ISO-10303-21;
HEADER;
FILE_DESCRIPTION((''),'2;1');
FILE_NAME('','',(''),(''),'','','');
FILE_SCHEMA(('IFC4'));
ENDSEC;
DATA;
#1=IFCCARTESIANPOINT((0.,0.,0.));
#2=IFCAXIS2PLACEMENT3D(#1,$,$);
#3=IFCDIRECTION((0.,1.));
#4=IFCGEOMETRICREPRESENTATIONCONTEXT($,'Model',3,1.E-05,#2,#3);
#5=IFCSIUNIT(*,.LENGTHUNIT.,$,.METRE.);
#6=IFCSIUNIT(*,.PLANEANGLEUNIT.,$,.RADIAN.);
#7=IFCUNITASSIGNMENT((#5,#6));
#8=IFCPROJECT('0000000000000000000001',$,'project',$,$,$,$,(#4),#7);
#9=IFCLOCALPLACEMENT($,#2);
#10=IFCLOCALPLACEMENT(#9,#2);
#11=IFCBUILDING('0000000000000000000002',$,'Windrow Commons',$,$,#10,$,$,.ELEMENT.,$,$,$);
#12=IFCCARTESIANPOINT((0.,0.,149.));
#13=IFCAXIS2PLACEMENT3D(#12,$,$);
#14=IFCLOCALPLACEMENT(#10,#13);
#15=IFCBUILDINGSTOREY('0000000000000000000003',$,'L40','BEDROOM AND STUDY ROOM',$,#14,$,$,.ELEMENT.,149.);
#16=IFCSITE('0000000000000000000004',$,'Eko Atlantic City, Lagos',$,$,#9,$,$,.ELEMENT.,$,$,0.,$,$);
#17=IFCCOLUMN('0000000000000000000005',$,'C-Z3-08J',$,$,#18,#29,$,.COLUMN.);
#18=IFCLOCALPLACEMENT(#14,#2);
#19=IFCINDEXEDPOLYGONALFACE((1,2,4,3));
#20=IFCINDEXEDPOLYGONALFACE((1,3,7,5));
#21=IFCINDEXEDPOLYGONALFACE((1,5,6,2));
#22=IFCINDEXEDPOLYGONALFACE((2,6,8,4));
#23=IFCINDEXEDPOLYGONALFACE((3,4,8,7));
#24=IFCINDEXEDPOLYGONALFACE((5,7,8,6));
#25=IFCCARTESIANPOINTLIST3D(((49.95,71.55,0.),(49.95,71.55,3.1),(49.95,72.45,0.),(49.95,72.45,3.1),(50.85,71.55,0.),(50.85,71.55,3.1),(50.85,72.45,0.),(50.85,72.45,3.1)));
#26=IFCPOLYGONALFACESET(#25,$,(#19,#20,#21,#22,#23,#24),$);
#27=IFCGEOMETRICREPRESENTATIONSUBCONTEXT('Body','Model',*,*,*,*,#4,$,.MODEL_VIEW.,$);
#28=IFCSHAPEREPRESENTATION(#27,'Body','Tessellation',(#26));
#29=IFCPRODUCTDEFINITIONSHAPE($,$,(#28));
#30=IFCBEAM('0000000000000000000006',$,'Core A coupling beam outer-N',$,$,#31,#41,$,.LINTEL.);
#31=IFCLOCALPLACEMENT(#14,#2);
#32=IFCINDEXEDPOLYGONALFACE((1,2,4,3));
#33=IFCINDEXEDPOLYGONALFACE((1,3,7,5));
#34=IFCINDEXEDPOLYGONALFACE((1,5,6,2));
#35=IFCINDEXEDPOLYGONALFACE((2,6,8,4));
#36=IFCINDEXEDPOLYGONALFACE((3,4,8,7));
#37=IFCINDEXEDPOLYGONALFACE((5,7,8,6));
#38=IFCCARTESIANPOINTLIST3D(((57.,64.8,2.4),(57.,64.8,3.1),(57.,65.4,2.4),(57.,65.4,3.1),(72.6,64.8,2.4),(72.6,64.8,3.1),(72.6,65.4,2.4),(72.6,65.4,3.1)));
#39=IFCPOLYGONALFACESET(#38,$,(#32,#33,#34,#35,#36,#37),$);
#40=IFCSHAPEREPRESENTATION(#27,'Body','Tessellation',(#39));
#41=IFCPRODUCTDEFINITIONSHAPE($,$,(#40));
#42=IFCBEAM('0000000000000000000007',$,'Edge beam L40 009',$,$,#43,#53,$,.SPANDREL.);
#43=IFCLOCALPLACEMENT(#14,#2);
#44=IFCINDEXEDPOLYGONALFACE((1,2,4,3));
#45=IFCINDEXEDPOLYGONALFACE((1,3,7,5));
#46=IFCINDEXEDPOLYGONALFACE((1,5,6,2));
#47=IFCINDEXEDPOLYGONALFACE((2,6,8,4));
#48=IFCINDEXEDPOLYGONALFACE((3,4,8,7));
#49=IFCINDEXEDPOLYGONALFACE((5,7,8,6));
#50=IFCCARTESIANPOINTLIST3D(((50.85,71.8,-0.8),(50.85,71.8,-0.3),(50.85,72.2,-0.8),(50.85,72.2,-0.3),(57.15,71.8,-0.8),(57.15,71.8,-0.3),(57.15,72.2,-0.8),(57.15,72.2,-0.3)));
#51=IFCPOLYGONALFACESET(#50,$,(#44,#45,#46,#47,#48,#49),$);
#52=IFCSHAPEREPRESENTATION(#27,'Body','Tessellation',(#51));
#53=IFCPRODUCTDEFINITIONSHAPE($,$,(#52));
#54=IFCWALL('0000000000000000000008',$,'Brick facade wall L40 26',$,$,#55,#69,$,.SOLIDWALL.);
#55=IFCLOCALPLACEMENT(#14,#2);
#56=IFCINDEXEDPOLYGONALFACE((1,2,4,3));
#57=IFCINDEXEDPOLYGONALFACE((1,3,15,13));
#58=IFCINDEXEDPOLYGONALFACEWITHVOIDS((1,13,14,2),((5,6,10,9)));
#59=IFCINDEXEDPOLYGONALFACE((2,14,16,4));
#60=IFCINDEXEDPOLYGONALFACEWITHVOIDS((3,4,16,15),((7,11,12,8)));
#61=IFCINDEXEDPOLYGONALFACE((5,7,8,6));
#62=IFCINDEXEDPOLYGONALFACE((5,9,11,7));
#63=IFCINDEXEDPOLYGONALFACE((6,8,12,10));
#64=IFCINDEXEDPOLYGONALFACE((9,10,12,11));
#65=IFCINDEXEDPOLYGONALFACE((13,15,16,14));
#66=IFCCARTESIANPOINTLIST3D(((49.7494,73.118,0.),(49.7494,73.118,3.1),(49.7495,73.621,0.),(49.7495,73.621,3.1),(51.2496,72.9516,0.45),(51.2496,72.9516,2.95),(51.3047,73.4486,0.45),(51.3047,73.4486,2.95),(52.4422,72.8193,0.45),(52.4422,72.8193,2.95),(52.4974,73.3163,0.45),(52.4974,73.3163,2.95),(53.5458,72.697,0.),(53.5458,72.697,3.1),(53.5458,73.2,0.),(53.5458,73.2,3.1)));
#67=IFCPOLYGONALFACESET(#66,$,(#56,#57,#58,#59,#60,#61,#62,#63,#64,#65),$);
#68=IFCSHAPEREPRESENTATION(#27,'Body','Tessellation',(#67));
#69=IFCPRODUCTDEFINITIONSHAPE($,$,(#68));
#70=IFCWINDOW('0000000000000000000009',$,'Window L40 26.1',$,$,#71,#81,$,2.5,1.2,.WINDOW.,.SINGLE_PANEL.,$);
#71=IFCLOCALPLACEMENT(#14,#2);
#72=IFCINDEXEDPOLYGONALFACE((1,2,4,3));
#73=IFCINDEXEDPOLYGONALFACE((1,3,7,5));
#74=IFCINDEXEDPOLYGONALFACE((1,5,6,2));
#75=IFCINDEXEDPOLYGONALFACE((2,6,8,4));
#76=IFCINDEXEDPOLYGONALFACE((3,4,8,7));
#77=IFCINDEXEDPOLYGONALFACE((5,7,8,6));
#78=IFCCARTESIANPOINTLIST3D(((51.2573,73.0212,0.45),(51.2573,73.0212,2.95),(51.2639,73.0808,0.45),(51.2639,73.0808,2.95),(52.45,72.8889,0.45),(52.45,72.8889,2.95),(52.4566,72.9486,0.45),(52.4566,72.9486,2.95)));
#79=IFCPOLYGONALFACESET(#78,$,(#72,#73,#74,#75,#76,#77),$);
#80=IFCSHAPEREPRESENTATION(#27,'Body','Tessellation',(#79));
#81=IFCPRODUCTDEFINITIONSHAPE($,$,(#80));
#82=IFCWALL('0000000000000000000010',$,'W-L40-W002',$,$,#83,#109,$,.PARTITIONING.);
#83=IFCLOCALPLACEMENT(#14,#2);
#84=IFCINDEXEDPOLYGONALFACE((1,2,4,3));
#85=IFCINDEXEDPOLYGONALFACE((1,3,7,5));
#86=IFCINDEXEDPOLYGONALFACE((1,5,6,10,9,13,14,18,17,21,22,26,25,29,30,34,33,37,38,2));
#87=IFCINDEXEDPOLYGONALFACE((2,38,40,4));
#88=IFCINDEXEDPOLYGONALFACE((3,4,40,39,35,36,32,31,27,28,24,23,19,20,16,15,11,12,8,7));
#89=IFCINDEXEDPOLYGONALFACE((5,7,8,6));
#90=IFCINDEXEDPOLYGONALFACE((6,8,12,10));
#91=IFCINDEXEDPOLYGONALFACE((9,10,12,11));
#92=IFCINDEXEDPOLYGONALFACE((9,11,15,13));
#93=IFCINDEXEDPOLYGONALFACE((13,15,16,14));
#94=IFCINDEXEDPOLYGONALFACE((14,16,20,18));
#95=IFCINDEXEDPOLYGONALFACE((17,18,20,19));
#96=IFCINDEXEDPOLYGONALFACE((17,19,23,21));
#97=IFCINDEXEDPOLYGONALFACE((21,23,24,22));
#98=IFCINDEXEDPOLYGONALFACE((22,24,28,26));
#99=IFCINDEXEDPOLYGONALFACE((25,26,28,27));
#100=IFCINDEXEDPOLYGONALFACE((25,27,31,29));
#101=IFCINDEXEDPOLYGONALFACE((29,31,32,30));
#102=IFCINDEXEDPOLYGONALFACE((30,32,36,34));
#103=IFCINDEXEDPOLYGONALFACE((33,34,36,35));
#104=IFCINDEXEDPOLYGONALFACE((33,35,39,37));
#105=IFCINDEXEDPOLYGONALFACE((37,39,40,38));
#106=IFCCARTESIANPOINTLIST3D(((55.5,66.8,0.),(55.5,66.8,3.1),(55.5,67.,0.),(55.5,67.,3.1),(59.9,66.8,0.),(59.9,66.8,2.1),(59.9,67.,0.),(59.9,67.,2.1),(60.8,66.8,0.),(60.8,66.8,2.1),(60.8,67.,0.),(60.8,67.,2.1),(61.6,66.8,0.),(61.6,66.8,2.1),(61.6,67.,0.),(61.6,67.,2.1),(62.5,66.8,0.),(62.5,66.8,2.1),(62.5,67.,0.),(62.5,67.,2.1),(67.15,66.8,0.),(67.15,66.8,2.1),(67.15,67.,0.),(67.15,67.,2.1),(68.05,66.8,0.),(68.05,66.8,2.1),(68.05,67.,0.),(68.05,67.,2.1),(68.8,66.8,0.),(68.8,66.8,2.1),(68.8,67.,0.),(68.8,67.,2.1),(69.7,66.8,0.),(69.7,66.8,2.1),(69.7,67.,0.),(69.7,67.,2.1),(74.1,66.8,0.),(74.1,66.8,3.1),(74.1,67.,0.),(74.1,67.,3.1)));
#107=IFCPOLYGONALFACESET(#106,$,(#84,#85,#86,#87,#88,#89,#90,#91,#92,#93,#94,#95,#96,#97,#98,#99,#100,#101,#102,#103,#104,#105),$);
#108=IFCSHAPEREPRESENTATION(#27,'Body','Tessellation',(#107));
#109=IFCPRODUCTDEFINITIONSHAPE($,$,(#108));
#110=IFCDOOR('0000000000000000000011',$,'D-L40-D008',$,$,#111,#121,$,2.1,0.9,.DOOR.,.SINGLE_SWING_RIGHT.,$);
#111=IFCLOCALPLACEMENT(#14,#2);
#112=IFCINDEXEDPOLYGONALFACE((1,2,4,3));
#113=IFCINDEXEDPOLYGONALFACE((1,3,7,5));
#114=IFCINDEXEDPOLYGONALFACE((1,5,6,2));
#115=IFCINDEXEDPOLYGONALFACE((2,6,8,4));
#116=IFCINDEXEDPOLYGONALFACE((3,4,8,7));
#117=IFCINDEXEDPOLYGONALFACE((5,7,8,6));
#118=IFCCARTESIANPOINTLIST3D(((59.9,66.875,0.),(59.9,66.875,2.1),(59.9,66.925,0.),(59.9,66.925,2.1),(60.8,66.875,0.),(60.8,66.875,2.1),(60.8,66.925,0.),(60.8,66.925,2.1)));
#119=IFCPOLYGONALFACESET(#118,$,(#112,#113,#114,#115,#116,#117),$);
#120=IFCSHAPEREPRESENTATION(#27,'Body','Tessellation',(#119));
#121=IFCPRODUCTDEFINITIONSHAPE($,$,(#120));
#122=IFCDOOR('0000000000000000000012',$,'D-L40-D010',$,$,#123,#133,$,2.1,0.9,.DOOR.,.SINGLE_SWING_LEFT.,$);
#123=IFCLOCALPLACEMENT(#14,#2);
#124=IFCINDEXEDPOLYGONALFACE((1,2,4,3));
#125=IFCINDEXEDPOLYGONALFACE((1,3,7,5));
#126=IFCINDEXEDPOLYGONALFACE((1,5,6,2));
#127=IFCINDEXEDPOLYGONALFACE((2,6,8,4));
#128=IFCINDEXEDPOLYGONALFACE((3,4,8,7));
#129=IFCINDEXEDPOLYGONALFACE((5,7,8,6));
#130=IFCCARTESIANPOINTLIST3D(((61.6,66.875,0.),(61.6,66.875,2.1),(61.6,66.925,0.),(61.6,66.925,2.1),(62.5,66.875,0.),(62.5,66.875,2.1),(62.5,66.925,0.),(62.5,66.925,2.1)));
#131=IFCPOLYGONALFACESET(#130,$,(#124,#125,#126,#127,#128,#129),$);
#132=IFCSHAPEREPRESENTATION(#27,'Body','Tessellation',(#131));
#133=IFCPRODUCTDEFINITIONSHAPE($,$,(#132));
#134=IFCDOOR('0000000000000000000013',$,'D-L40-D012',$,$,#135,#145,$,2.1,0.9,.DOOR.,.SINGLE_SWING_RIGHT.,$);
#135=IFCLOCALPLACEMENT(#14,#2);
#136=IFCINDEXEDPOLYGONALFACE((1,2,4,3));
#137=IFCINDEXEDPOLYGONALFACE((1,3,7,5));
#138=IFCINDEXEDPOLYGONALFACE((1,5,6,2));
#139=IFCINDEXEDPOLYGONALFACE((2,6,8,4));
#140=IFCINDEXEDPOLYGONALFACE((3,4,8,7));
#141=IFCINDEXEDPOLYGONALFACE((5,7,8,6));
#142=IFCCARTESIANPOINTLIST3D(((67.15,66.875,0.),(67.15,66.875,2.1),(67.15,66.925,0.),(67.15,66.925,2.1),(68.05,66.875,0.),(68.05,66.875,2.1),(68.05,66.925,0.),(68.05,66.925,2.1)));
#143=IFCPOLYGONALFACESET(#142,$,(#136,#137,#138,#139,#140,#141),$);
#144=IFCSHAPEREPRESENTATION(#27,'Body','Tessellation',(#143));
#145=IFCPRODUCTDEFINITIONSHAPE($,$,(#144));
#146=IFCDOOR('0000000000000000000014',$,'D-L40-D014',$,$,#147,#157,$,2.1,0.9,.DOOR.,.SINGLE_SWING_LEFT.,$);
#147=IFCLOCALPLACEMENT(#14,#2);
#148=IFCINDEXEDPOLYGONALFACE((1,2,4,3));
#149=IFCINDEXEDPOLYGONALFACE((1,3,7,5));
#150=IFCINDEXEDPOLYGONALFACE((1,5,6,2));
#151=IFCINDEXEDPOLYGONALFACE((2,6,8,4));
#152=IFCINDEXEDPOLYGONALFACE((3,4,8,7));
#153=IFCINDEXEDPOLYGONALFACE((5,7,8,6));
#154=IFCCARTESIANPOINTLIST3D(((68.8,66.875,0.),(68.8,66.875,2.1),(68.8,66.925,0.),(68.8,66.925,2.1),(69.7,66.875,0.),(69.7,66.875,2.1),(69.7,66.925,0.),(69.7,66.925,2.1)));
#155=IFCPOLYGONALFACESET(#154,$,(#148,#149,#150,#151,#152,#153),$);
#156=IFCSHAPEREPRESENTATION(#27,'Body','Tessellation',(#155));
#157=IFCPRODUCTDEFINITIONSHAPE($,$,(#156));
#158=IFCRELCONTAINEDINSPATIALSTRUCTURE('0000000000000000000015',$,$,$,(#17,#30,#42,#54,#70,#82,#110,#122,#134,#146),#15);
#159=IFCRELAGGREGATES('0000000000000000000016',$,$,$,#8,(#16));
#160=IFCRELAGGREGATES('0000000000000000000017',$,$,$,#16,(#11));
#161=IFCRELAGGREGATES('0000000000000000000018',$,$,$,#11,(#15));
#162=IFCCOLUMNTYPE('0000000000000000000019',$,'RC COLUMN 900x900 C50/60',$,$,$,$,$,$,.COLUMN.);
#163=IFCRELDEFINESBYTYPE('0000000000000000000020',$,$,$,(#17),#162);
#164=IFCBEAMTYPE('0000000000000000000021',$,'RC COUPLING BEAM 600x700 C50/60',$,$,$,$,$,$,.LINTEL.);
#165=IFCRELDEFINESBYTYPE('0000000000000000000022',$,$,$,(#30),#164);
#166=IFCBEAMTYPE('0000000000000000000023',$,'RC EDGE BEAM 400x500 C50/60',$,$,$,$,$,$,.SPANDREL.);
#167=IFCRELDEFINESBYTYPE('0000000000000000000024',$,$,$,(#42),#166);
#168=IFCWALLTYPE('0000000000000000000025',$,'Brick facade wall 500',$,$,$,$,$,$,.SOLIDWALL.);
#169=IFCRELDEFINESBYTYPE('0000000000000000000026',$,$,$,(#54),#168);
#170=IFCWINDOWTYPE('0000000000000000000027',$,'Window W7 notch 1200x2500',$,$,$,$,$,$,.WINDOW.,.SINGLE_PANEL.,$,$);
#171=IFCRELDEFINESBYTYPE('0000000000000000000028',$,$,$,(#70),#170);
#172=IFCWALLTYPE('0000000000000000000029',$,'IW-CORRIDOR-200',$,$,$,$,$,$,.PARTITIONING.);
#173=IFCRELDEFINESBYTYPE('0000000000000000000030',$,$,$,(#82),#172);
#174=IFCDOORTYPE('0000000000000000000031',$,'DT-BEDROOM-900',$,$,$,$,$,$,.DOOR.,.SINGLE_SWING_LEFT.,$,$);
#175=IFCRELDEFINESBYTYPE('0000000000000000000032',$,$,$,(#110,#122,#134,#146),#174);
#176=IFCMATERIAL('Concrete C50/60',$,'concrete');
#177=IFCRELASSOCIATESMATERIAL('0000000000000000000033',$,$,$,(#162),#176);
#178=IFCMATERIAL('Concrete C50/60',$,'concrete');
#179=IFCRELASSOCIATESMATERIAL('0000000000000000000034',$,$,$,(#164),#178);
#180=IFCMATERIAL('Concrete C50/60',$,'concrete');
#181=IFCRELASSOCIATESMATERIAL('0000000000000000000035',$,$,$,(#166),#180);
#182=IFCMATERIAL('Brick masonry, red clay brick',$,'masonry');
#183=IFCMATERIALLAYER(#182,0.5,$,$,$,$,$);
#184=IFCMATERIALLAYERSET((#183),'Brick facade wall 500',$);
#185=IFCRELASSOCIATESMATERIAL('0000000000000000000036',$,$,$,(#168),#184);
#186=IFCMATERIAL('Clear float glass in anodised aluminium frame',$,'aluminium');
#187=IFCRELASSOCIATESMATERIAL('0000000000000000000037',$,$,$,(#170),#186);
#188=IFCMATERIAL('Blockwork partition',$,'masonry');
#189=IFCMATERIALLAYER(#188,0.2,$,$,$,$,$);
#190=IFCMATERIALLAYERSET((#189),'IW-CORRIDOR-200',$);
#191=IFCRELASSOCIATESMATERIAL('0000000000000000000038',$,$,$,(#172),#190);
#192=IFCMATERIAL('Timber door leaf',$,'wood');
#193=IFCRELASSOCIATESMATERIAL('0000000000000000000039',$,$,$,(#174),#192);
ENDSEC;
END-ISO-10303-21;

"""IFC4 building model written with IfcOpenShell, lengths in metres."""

from ifc_helpers import new_model, si_unit, direction, frame, frame_2d, origin, origin_2d, place, context, subcontext, project, spatial, polyline, rectangle, outline, extrude, material, layer, layer_set, material_profile, profile_set, type_object, element, fill, save


model = new_model("IFC4")

# Units and contexts
model_context = context("Model", 3, precision=1e-05, world=origin(), true_north=direction((0.0, 1.0)))
body_context = subcontext(model_context, "Body", "Model", "MODEL_VIEW")
ifc_project = project(units=[si_unit("LENGTHUNIT", "METRE"), si_unit("PLANEANGLEUNIT", "RADIAN")], contexts=[model_context])

# Site, building, storey
site_placement = place(None, origin())
site = spatial("IfcSite", under=ifc_project, at=site_placement, Name="Eko Atlantic City, Lagos", CompositionType="ELEMENT", RefElevation=0.0)
building_placement = place(site_placement, origin())
building = spatial("IfcBuilding", under=site, at=building_placement, Name="Windrow Commons", CompositionType="ELEMENT")
storey_placement = place(building_placement, frame((0.0, 0.0, 149.0)))
storey = spatial("IfcBuildingStorey", under=building, at=storey_placement, Name="L40", Description="BEDROOM AND STUDY ROOM", CompositionType="ELEMENT", Elevation=149.0)

# Column
ifc_material_1 = material(Name="Concrete C50/60", Category="concrete")
ifc_material_profile_1 = material_profile(ifc_material_1, rectangle(XDim=0.9, YDim=0.9, at=origin_2d()))
ifc_profile_set_1 = profile_set([ifc_material_profile_1], Name="Concrete C50/60")
column_type = type_object("IfcColumnType", Name="RC COLUMN 900x900 C50/60", PredefinedType="COLUMN", material=ifc_profile_set_1)
column_placement = place(storey_placement, frame((50.4, 72.0, 0.0), z_axis=(0.0, 0.0, 1.0), x_axis=(1.0, 0.0, 0.0)))
element("IfcColumn", 1, at=column_placement, inside=storey, type_object=column_type, Name="C-Z3-08J", PredefinedType="COLUMN", context=body_context, shape_type="SweptSolid", body=[
    extrude(rectangle(XDim=0.9, YDim=0.9, at=origin_2d()), origin(), (0.0, 0.0, 1.0), 3.1),
])

# Beams
ifc_material_2 = material(Name="Concrete C50/60", Category="concrete")
ifc_material_profile_2 = material_profile(ifc_material_2, rectangle(XDim=0.6, YDim=0.7, at=origin_2d()))
ifc_profile_set_2 = profile_set([ifc_material_profile_2], Name="Concrete C50/60")
beam_type_1 = type_object("IfcBeamType", Name="RC COUPLING BEAM 600x700 C50/60", PredefinedType="LINTEL", material=ifc_profile_set_2)
beam_1_placement = place(storey_placement, frame((57.0, 65.1, 2.75), z_axis=(1.0, 0.0, 0.0), x_axis=(0.0, 1.0, 0.0)))
element("IfcBeam", 2, at=beam_1_placement, inside=storey, type_object=beam_type_1, Name="Core A coupling beam outer-N", PredefinedType="LINTEL", context=body_context, shape_type="SweptSolid", body=[
    extrude(rectangle(XDim=0.6, YDim=0.7, at=origin_2d()), origin(), (0.0, 0.0, 1.0), 15.6),
])
ifc_material_3 = material(Name="Concrete C50/60", Category="concrete")
ifc_material_profile_3 = material_profile(ifc_material_3, rectangle(XDim=0.4, YDim=0.5, at=origin_2d()))
ifc_profile_set_3 = profile_set([ifc_material_profile_3], Name="Concrete C50/60")
beam_type_2 = type_object("IfcBeamType", Name="RC EDGE BEAM 400x500 C50/60", PredefinedType="SPANDREL", material=ifc_profile_set_3)
beam_2_placement = place(storey_placement, frame((50.85, 72.0, -0.55), z_axis=(1.0, 0.0, 0.0), x_axis=(0.0, 1.0, 0.0)))
element("IfcBeam", 3, at=beam_2_placement, inside=storey, type_object=beam_type_2, Name="Edge beam L40 009", PredefinedType="SPANDREL", context=body_context, shape_type="SweptSolid", body=[
    extrude(rectangle(XDim=0.4, YDim=0.5, at=origin_2d()), origin(), (0.0, 0.0, 1.0), 6.3),
])

# Wall, opening, window
ifc_material_4 = material(Name="Brick masonry, red clay brick", Category="masonry")
ifc_layer_1 = layer(ifc_material_4, 0.5)
ifc_layer_set_1 = layer_set([ifc_layer_1], Name="Brick facade wall 500")
wall_type_1 = type_object("IfcWallType", Name="Brick facade wall 500", PredefinedType="SOLIDWALL", material=ifc_layer_set_1)
wall_1_placement = place(storey_placement, frame((53.5458, 72.9485, 0.0), z_axis=(0.0, 0.0, 1.0), x_axis=(-0.993907, 0.110222, 0.0)))
wall_1 = element("IfcWall", 4, at=wall_1_placement, inside=storey, type_object=wall_type_1, Name="Brick facade wall L40 26", PredefinedType="SOLIDWALL", context=body_context, shape_type="SweptSolid", body=[
    extrude(outline(polyline([(0.0277, -0.25), (3.8473, -0.25), (3.7919, 0.25), (-0.0277, 0.25), (0.0277, -0.25)])), origin(), (0.0, 0.0, 1.0), 3.1),
])
opening_1_placement = place(wall_1_placement, frame((1.0826, 0.0, 0.45)))
opening_1 = element("IfcOpeningElement", 5, at=opening_1_placement, cuts=wall_1, PredefinedType="OPENING", context=body_context, shape_type="SweptSolid", body=[
    extrude(rectangle(XDim=1.2, YDim=2.5, at=frame_2d((0.6, 1.25))), frame((0.0, 0.26, 0.0), z_axis=(0.0, -1.0, 0.0), x_axis=(1.0, 0.0, 0.0)), (0.0, 0.0, 1.0), 0.52),
])
ifc_material_5 = material(Name="Clear float glass in anodised aluminium frame", Category="aluminium")
window_type = type_object("IfcWindowType", Name="Window W7 notch 1200x2500", PartitioningType="SINGLE_PANEL", PredefinedType="WINDOW", material=ifc_material_5)
window_placement = place(opening_1_placement, origin())
window = element("IfcWindow", 6, at=window_placement, inside=storey, type_object=window_type, Name="Window L40 26.1", OverallHeight=2.5, OverallWidth=1.2, PartitioningType="SINGLE_PANEL", PredefinedType="WINDOW", context=body_context, shape_type="SweptSolid", body=[
    extrude(rectangle(XDim=1.2, YDim=2.5, at=frame_2d((0.6, 1.25))), frame((0.0, 0.18, 0.0), z_axis=(0.0, -1.0, 0.0), x_axis=(1.0, 0.0, 0.0)), (0.0, 0.0, 1.0), 0.06),
])
fill(opening_1, window)

# Wall, openings, doors
ifc_material_6 = material(Name="Blockwork partition", Category="masonry")
ifc_layer_2 = layer(ifc_material_6, 0.2)
ifc_layer_set_2 = layer_set([ifc_layer_2], Name="IW-CORRIDOR-200")
wall_type_2 = type_object("IfcWallType", Name="IW-CORRIDOR-200", PredefinedType="PARTITIONING", material=ifc_layer_set_2)
wall_2_placement = place(storey_placement, frame((55.5, 66.9, 0.0), z_axis=(0.0, 0.0, 1.0), x_axis=(1.0, 0.0, 0.0)))
wall_2 = element("IfcWall", 7, at=wall_2_placement, inside=storey, type_object=wall_type_2, Name="W-L40-W002", PredefinedType="PARTITIONING", context=body_context, shape_type="SweptSolid", body=[
    extrude(rectangle(XDim=18.6, YDim=0.2, at=frame_2d((9.3, 0.0))), origin(), (0.0, 0.0, 1.0), 3.1),
])
opening_2_placement = place(wall_2_placement, frame((4.4, 0.0, 0.0)))
opening_2 = element("IfcOpeningElement", 8, at=opening_2_placement, cuts=wall_2, PredefinedType="OPENING", context=body_context, shape_type="SweptSolid", body=[
    extrude(rectangle(XDim=0.9, YDim=2.1, at=frame_2d((0.45, 1.05))), frame((0.0, 0.11, 0.0), z_axis=(0.0, -1.0, 0.0), x_axis=(1.0, 0.0, 0.0)), (0.0, 0.0, 1.0), 0.22),
])
opening_3_placement = place(wall_2_placement, frame((6.1, 0.0, 0.0)))
opening_3 = element("IfcOpeningElement", 9, at=opening_3_placement, cuts=wall_2, PredefinedType="OPENING", context=body_context, shape_type="SweptSolid", body=[
    extrude(rectangle(XDim=0.9, YDim=2.1, at=frame_2d((0.45, 1.05))), frame((0.0, 0.11, 0.0), z_axis=(0.0, -1.0, 0.0), x_axis=(1.0, 0.0, 0.0)), (0.0, 0.0, 1.0), 0.22),
])
opening_4_placement = place(wall_2_placement, frame((11.65, 0.0, 0.0)))
opening_4 = element("IfcOpeningElement", 10, at=opening_4_placement, cuts=wall_2, PredefinedType="OPENING", context=body_context, shape_type="SweptSolid", body=[
    extrude(rectangle(XDim=0.9, YDim=2.1, at=frame_2d((0.45, 1.05))), frame((0.0, 0.11, 0.0), z_axis=(0.0, -1.0, 0.0), x_axis=(1.0, 0.0, 0.0)), (0.0, 0.0, 1.0), 0.22),
])
opening_5_placement = place(wall_2_placement, frame((13.3, 0.0, 0.0)))
opening_5 = element("IfcOpeningElement", 11, at=opening_5_placement, cuts=wall_2, PredefinedType="OPENING", context=body_context, shape_type="SweptSolid", body=[
    extrude(rectangle(XDim=0.9, YDim=2.1, at=frame_2d((0.45, 1.05))), frame((0.0, 0.11, 0.0), z_axis=(0.0, -1.0, 0.0), x_axis=(1.0, 0.0, 0.0)), (0.0, 0.0, 1.0), 0.22),
])
ifc_material_7 = material(Name="Timber door leaf", Category="wood")
door_type_1 = type_object("IfcDoorType", Name="DT-BEDROOM-900", OperationType="SINGLE_SWING_LEFT", PredefinedType="DOOR", material=ifc_material_7)
door_1_placement = place(opening_2_placement, origin())
door_1 = element("IfcDoor", 12, at=door_1_placement, inside=storey, type_object=door_type_1, Name="D-L40-D008", OperationType="SINGLE_SWING_RIGHT", OverallHeight=2.1, OverallWidth=0.9, PredefinedType="DOOR", context=body_context, shape_type="SweptSolid", body=[
    extrude(rectangle(XDim=0.9, YDim=2.1, at=frame_2d((0.45, 1.05))), frame((0.0, 0.025, 0.0), z_axis=(0.0, -1.0, 0.0), x_axis=(1.0, 0.0, 0.0)), (0.0, 0.0, 1.0), 0.05),
])
fill(opening_2, door_1)
door_2_placement = place(opening_3_placement, origin())
door_2 = element("IfcDoor", 13, at=door_2_placement, inside=storey, type_object=door_type_1, Name="D-L40-D010", OperationType="SINGLE_SWING_LEFT", OverallHeight=2.1, OverallWidth=0.9, PredefinedType="DOOR", context=body_context, shape_type="SweptSolid", body=[
    extrude(rectangle(XDim=0.9, YDim=2.1, at=frame_2d((0.45, 1.05))), frame((0.0, 0.025, 0.0), z_axis=(0.0, -1.0, 0.0), x_axis=(1.0, 0.0, 0.0)), (0.0, 0.0, 1.0), 0.05),
])
fill(opening_3, door_2)
door_3_placement = place(opening_4_placement, origin())
door_3 = element("IfcDoor", 14, at=door_3_placement, inside=storey, type_object=door_type_1, Name="D-L40-D012", OperationType="SINGLE_SWING_RIGHT", OverallHeight=2.1, OverallWidth=0.9, PredefinedType="DOOR", context=body_context, shape_type="SweptSolid", body=[
    extrude(rectangle(XDim=0.9, YDim=2.1, at=frame_2d((0.45, 1.05))), frame((0.0, 0.025, 0.0), z_axis=(0.0, -1.0, 0.0), x_axis=(1.0, 0.0, 0.0)), (0.0, 0.0, 1.0), 0.05),
])
fill(opening_4, door_3)
door_4_placement = place(opening_5_placement, origin())
door_4 = element("IfcDoor", 15, at=door_4_placement, inside=storey, type_object=door_type_1, Name="D-L40-D014", OperationType="SINGLE_SWING_LEFT", OverallHeight=2.1, OverallWidth=0.9, PredefinedType="DOOR", context=body_context, shape_type="SweptSolid", body=[
    extrude(rectangle(XDim=0.9, YDim=2.1, at=frame_2d((0.45, 1.05))), frame((0.0, 0.025, 0.0), z_axis=(0.0, -1.0, 0.0), x_axis=(1.0, 0.0, 0.0)), (0.0, 0.0, 1.0), 0.05),
])
fill(opening_5, door_4)

save(model, "model.ifc")
